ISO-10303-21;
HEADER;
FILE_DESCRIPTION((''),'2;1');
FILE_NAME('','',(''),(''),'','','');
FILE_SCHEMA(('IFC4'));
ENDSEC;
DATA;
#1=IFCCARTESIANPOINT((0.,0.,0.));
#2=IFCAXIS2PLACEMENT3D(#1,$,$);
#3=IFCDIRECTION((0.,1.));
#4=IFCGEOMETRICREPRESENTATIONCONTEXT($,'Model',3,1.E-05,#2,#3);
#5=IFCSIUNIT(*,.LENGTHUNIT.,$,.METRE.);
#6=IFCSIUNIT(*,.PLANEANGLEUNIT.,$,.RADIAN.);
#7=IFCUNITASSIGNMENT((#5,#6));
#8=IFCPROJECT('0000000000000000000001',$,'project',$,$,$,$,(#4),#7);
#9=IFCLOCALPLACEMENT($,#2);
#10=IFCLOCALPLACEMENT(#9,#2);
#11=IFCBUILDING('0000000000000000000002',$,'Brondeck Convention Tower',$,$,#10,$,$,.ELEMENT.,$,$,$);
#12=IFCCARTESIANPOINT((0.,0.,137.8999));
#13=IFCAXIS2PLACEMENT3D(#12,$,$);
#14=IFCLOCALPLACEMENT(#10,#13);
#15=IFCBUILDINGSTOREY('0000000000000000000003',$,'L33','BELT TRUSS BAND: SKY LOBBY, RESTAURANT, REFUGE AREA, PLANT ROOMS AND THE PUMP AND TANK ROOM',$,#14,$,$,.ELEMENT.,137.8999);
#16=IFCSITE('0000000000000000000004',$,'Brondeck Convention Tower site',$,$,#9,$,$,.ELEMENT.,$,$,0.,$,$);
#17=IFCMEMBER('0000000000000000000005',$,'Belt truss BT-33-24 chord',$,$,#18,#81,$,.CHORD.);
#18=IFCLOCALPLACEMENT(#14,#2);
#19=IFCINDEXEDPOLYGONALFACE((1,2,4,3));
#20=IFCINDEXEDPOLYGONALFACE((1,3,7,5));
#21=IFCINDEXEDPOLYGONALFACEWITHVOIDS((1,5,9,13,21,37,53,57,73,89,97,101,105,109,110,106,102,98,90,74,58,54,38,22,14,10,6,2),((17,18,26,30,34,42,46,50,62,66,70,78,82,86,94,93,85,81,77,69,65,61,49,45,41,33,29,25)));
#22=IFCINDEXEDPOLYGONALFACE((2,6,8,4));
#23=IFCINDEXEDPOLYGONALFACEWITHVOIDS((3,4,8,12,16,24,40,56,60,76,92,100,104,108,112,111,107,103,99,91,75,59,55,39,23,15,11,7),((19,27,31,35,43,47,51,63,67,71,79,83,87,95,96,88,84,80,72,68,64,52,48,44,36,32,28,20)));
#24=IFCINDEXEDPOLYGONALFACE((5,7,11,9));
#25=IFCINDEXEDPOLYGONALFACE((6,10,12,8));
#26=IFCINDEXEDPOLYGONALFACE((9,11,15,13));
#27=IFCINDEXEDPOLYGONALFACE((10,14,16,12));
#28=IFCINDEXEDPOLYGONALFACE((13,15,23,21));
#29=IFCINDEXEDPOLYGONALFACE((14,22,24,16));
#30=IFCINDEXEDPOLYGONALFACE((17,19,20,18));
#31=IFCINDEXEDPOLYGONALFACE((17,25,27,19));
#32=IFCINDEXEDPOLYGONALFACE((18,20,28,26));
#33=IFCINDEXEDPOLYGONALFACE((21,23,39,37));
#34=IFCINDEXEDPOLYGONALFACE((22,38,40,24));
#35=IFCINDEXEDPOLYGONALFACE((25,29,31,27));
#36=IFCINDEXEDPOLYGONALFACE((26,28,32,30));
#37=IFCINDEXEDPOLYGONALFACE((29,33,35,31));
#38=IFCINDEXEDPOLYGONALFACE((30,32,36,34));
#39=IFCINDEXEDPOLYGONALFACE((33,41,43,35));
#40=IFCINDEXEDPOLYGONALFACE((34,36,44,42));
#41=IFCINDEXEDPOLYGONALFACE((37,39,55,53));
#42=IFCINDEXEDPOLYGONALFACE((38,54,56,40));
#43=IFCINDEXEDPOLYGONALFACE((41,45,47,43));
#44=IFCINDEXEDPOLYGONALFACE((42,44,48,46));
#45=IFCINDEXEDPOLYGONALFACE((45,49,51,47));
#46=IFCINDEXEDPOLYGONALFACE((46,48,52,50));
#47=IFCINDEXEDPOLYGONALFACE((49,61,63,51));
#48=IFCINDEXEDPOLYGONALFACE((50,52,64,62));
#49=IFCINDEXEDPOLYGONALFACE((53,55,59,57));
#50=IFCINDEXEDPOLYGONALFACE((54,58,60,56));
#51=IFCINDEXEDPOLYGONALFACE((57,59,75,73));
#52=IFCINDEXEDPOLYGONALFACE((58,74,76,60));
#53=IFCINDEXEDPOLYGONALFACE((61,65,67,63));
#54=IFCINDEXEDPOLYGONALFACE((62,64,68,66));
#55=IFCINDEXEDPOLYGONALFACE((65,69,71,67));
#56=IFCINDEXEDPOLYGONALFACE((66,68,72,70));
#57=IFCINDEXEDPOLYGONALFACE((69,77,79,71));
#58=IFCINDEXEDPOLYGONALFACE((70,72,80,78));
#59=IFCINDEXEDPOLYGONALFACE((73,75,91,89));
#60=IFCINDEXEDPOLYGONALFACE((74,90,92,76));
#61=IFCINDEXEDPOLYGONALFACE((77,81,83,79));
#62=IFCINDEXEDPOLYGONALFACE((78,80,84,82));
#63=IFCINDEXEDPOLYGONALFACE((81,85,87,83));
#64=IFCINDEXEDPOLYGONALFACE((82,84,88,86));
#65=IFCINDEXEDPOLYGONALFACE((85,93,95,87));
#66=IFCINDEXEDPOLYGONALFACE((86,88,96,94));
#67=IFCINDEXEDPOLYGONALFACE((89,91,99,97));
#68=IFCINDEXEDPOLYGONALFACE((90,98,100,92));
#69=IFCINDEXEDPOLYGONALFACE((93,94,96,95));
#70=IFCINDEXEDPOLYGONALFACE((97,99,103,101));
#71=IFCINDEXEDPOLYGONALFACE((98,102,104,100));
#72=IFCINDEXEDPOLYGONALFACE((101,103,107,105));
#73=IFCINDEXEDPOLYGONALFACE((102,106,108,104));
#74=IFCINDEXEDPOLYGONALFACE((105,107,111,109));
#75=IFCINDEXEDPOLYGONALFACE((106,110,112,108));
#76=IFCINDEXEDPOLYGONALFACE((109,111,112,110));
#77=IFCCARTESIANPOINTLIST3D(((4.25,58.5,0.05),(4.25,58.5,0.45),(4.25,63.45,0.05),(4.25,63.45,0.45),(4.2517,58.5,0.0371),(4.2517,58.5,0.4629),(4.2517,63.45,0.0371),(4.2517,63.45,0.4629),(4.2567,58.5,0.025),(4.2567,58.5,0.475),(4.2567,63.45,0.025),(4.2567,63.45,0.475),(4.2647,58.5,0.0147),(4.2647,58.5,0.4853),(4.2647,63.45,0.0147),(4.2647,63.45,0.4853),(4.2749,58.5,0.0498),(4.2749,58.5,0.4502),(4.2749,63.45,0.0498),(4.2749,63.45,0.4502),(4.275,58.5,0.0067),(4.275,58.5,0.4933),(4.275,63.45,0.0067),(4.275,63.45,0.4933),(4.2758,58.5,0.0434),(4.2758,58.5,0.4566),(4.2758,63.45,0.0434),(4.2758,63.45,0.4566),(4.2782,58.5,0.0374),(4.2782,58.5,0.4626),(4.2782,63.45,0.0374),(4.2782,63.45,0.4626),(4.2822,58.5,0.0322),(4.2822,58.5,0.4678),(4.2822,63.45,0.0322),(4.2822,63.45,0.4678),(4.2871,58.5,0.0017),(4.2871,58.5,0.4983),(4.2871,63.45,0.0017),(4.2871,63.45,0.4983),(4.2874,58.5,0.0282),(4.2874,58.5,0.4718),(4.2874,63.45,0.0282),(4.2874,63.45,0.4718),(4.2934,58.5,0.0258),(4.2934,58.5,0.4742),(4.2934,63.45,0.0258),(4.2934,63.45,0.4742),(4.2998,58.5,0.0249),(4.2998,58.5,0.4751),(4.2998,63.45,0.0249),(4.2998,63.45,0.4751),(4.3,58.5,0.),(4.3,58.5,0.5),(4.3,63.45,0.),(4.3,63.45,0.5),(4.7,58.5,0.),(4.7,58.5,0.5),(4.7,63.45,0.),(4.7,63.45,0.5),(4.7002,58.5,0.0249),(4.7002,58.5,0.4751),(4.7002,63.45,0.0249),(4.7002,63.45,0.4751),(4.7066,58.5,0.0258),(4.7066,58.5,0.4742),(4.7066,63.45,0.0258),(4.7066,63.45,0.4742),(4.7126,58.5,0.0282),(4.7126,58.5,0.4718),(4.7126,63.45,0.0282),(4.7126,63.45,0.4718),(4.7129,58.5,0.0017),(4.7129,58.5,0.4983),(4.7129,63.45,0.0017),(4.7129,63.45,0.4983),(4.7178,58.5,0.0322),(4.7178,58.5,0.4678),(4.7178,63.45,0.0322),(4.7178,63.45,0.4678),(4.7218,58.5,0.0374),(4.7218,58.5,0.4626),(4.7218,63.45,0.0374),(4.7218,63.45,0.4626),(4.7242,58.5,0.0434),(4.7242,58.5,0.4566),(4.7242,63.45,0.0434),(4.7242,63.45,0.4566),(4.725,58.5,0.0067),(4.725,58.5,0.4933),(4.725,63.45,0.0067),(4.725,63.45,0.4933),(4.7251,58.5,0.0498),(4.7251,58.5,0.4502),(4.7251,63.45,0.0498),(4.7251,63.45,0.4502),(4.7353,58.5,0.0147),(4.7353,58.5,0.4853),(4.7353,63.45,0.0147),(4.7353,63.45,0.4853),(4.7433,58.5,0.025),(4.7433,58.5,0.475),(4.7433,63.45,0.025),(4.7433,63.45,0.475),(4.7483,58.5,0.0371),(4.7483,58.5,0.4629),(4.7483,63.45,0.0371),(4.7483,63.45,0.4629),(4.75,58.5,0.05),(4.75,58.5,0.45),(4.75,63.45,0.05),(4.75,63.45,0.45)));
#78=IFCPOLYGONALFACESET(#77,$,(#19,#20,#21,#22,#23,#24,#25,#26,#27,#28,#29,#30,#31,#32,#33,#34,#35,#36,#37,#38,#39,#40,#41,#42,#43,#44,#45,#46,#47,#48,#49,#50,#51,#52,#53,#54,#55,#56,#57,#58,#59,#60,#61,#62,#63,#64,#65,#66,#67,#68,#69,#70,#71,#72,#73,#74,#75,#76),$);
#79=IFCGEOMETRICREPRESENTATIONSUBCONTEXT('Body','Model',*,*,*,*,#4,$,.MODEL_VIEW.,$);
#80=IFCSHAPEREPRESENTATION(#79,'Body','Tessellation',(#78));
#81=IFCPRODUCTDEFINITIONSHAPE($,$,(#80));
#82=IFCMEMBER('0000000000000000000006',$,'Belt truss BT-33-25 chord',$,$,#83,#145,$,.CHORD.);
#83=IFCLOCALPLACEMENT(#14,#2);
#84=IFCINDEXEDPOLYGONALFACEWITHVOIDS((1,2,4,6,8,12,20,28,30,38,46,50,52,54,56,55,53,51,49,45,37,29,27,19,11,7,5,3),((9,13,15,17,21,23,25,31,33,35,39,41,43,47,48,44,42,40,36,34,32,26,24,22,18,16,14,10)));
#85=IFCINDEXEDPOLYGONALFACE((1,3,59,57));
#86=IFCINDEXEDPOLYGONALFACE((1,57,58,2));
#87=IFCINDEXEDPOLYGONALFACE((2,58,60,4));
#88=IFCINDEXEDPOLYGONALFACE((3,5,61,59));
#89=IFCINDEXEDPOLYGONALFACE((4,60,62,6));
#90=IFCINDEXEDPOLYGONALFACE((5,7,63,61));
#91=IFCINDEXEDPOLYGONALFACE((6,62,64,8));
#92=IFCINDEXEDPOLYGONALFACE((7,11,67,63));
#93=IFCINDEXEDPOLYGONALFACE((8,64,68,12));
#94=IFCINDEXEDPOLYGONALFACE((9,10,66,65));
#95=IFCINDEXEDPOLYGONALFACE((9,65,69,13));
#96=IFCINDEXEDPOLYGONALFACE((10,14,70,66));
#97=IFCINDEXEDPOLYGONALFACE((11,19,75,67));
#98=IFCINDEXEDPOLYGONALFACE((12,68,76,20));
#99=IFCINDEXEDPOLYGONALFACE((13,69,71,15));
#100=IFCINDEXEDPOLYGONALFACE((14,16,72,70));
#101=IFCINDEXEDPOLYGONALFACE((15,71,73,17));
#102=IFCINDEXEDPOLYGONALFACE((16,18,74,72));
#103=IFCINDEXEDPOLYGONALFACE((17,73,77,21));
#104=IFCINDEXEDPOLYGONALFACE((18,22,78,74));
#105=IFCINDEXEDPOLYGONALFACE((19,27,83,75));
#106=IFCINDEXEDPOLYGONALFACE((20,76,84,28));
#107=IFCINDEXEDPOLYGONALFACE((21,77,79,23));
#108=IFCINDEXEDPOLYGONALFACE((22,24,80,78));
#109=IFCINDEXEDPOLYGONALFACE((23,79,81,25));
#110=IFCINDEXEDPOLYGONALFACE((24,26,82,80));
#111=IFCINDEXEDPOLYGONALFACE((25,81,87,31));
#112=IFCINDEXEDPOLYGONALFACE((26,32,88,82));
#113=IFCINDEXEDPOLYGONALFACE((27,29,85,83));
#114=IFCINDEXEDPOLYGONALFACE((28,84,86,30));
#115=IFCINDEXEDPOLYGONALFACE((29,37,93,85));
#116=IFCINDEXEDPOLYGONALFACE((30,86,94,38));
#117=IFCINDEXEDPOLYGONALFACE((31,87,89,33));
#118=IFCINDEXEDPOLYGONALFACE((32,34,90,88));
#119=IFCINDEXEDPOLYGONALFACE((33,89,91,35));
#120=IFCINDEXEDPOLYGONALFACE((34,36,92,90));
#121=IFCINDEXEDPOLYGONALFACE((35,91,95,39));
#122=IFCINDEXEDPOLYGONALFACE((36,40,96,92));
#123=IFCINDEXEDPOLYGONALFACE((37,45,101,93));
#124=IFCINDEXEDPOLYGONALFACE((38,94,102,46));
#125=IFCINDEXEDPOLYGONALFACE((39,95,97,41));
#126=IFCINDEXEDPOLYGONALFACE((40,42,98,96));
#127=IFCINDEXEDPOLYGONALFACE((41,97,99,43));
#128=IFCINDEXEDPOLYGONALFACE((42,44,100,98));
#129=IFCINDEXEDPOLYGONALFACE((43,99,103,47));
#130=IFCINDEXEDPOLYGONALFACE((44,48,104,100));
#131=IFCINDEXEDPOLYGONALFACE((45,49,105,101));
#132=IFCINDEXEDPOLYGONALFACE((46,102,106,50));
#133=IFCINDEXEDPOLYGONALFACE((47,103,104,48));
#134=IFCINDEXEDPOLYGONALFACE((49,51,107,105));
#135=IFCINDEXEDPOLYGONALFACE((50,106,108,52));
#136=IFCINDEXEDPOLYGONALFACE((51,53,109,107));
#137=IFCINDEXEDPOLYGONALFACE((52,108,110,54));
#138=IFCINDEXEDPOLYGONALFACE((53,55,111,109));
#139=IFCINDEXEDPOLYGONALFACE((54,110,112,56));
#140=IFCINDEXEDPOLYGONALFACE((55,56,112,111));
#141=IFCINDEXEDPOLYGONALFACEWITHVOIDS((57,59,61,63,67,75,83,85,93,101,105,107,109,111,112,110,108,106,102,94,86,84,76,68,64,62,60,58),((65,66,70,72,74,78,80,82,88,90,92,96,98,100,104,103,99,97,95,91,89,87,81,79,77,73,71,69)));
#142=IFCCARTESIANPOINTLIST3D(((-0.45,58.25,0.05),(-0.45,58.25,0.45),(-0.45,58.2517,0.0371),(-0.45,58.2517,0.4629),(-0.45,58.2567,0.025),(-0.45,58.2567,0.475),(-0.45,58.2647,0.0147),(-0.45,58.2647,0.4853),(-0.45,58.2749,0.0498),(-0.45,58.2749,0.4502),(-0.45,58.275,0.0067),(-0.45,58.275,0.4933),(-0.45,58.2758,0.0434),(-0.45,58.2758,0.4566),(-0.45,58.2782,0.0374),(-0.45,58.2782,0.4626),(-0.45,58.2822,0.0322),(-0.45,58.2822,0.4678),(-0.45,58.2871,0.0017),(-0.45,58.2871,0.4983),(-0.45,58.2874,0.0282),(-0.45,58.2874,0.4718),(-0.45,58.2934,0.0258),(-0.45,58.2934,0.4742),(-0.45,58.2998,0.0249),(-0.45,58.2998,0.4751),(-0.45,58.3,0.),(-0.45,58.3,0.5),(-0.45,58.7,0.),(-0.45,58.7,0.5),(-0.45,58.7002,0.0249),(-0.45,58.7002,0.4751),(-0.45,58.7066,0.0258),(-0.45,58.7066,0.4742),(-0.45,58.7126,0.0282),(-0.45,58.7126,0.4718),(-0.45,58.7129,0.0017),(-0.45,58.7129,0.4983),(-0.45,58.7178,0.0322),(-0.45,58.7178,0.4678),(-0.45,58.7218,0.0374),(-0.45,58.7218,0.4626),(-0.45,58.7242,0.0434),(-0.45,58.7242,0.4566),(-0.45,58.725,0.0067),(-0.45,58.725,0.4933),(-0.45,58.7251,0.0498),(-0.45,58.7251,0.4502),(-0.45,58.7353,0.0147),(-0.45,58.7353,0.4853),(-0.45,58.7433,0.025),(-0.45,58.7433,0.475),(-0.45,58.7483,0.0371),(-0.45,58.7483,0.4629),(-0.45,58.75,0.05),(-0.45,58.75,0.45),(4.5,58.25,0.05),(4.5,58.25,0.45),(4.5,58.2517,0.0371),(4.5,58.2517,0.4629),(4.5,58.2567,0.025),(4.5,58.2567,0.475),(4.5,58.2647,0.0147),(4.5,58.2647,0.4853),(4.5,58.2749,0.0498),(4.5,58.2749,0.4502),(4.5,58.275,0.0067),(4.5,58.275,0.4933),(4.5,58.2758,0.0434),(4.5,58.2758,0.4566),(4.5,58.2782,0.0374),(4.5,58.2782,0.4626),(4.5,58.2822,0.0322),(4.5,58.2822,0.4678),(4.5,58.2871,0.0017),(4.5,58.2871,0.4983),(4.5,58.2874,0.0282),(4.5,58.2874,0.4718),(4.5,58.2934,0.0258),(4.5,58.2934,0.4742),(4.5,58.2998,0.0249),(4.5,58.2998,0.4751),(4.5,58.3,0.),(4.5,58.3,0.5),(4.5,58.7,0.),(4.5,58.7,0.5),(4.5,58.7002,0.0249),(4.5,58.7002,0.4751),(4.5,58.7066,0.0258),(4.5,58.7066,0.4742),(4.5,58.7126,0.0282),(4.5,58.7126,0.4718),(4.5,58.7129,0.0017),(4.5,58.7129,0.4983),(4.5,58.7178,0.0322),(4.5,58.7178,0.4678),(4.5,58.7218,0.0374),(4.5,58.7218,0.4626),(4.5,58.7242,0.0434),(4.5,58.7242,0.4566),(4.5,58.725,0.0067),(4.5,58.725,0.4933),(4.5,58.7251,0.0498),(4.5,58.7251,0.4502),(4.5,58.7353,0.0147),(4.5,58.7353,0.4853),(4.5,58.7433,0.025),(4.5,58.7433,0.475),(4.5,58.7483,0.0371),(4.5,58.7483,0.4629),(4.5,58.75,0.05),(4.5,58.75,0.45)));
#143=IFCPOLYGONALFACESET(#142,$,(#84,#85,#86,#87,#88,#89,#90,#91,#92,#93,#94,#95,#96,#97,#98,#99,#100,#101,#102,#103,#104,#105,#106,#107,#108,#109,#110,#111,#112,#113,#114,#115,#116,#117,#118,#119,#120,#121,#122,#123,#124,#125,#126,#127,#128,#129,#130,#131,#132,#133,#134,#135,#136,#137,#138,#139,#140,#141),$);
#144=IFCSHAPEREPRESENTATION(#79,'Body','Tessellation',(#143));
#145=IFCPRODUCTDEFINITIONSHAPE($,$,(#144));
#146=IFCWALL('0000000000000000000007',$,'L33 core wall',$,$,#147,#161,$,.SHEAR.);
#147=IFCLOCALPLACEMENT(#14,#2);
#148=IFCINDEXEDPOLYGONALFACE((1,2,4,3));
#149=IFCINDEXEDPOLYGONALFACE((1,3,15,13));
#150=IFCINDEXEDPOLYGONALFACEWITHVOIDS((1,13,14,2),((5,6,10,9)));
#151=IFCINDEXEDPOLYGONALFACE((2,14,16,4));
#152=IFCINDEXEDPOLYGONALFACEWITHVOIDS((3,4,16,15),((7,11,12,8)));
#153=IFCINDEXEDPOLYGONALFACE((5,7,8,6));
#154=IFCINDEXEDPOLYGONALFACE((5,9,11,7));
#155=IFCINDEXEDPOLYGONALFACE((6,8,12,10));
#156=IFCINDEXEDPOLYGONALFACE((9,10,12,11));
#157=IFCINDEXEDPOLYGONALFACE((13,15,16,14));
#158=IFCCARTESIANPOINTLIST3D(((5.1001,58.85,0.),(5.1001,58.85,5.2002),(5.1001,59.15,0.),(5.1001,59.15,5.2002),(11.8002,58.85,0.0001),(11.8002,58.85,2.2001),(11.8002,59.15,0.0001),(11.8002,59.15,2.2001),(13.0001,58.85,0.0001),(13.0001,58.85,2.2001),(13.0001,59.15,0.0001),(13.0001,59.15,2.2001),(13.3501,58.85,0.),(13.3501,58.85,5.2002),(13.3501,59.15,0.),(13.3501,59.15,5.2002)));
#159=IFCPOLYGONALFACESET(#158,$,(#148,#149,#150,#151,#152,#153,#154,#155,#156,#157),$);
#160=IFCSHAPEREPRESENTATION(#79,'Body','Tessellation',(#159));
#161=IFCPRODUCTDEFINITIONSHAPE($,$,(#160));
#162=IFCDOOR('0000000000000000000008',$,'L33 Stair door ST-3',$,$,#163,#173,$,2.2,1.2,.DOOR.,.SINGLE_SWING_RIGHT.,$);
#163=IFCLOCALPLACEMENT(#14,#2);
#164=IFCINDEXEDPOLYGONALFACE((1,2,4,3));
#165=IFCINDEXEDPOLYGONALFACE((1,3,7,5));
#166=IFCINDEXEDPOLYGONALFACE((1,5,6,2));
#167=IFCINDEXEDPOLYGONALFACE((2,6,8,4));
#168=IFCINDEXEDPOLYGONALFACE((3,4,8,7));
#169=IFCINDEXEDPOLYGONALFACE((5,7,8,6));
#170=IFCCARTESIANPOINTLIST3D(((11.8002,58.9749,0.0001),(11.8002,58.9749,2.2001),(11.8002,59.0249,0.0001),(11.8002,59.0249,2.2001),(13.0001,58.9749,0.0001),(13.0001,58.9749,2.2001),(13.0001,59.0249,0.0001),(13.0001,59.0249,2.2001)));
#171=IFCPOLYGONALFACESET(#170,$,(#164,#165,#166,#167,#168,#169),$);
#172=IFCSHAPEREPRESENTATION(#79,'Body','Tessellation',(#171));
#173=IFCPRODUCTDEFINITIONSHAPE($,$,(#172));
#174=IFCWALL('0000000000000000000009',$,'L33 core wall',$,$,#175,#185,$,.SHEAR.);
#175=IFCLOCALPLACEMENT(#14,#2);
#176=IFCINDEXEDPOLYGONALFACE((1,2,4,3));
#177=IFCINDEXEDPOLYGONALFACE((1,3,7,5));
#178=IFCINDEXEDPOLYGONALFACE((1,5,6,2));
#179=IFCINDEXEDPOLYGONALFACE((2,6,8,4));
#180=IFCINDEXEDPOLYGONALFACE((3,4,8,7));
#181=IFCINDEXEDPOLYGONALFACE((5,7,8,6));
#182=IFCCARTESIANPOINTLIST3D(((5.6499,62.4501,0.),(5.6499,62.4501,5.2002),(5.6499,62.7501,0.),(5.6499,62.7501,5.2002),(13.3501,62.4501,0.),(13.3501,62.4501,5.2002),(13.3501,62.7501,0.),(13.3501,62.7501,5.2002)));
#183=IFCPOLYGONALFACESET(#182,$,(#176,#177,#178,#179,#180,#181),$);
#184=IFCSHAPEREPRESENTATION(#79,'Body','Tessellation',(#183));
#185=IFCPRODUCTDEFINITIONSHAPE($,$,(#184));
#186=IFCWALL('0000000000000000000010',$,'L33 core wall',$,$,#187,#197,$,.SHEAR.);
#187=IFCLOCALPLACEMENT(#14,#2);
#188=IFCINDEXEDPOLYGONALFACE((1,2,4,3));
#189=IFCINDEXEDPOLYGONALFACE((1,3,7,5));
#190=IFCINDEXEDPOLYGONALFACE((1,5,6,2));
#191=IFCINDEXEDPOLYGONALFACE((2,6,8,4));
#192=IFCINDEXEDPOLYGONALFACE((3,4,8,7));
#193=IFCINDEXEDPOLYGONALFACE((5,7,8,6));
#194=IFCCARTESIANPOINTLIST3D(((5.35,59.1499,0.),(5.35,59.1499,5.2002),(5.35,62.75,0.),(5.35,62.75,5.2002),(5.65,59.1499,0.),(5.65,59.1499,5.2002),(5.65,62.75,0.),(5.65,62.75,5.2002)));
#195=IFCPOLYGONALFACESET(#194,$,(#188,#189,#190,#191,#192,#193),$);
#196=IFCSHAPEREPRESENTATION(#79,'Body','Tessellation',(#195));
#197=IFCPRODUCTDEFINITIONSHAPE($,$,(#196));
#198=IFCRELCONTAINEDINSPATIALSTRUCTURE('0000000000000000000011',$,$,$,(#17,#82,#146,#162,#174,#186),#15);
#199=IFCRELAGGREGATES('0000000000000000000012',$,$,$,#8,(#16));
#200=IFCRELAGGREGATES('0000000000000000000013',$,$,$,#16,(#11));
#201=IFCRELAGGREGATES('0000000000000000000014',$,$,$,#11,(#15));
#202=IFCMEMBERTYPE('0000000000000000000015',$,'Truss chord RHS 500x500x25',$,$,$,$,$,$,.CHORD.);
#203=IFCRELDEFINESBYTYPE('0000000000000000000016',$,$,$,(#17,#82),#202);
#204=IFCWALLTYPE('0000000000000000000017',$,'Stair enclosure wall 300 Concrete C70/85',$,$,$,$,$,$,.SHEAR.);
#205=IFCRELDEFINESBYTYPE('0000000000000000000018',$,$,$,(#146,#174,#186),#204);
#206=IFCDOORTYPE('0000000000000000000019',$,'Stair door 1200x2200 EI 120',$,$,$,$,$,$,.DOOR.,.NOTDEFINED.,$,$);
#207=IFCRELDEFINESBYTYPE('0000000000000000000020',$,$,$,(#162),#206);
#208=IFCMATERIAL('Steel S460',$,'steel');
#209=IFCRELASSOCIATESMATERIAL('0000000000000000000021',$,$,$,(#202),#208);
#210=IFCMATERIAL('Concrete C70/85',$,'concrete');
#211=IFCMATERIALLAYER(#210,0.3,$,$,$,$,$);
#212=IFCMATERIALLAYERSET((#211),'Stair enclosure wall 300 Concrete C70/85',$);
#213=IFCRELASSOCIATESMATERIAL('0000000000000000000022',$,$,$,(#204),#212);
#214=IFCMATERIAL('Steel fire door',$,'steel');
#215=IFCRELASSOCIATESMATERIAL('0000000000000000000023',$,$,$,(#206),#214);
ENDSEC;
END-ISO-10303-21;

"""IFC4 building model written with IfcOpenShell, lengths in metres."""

from ifc_helpers import new_model, si_unit, direction, frame, frame_2d, origin, origin_2d, place, context, subcontext, project, spatial, rectangle, hollow_rectangle, extrude, material, layer, layer_set, material_profile, profile_set, type_object, element, fill, save


model = new_model("IFC4")

# Units and contexts
model_context = context("Model", 3, precision=1e-05, world=origin(), true_north=direction((0.0, 1.0)))
body_context = subcontext(model_context, "Body", "Model", "MODEL_VIEW")
ifc_project = project(units=[si_unit("LENGTHUNIT", "METRE"), si_unit("PLANEANGLEUNIT", "RADIAN")], contexts=[model_context])

# Site, building, storey
site_placement = place(None, origin())
site = spatial("IfcSite", under=ifc_project, at=site_placement, Name="Brondeck Convention Tower site", CompositionType="ELEMENT", RefElevation=0.0)
building_placement = place(site_placement, origin())
building = spatial("IfcBuilding", under=site, at=building_placement, Name="Brondeck Convention Tower", CompositionType="ELEMENT")
storey_placement = place(building_placement, frame((0.0, 0.0, 137.8999)))
storey = spatial("IfcBuildingStorey", under=building, at=storey_placement, Name="L33", Description="BELT TRUSS BAND: SKY LOBBY, RESTAURANT, REFUGE AREA, PLANT ROOMS AND THE PUMP AND TANK ROOM", CompositionType="ELEMENT", Elevation=137.8999)

# Shared definitions
ifc_material_1 = material(Name="Concrete C70/85", Category="concrete")

# Shared definitions
ifc_material_2 = material(Name="Steel S460", Category="steel")

# Members
ifc_material_profile_1 = material_profile(ifc_material_2, hollow_rectangle(XDim=0.5, YDim=0.5, WallThickness=0.0249, InnerFilletRadius=0.0249, OuterFilletRadius=0.05, at=origin_2d()), Name="RHS 500x500x25")
ifc_profile_set_1 = profile_set([ifc_material_profile_1], Name="Steel S460")
member_type_1 = type_object("IfcMemberType", Name="Truss chord RHS 500x500x25", PredefinedType="CHORD", material=ifc_profile_set_1)
for number, where, z_axis, x_axis, name in (
    (1, (4.5, 63.45, 0.25), (0.0, -1.0, 0.0), (1.0, 0.0, 0.0), "Belt truss BT-33-24 chord"),
    (2, (4.5, 58.5, 0.25), (-1.0, 0.0, 0.0), (0.0, -1.0, 0.0), "Belt truss BT-33-25 chord"),
):
    element("IfcMember", number, at=place(storey_placement, frame(where, z_axis=z_axis, x_axis=x_axis)), inside=storey, type_object=member_type_1, Name=name, PredefinedType="CHORD", context=body_context, shape_type="SweptSolid", body=[
        extrude(hollow_rectangle(XDim=0.5, YDim=0.5, WallThickness=0.0249, InnerFilletRadius=0.0249, OuterFilletRadius=0.05, at=origin_2d()), origin(), (0.0, 0.0, 1.0), 4.95),
    ])

# Wall, opening, door
ifc_layer_1 = layer(ifc_material_1, 0.3)
ifc_layer_set_1 = layer_set([ifc_layer_1], Name="Stair enclosure wall 300 Concrete C70/85")
wall_type = type_object("IfcWallType", Name="Stair enclosure wall 300 Concrete C70/85", PredefinedType="SHEAR", material=ifc_layer_set_1)
wall_1_placement = place(storey_placement, frame((5.1001, 59.0, 0.0), z_axis=(0.0, 0.0, 1.0), x_axis=(1.0, 0.0, 0.0)))
wall_1 = element("IfcWall", 3, at=wall_1_placement, inside=storey, type_object=wall_type, Name="L33 core wall", PredefinedType="SHEAR", context=body_context, shape_type="SweptSolid", body=[
    extrude(rectangle(XDim=8.25, YDim=0.3, at=frame_2d((4.125, 0.0))), origin(), (0.0, 0.0, 1.0), 5.2002),
])
opening_placement = place(wall_1_placement, frame((6.7, 0.0, 0.0)))
opening = element("IfcOpeningElement", 4, at=opening_placement, cuts=wall_1, PredefinedType="OPENING", context=body_context, shape_type="SweptSolid", body=[
    extrude(rectangle(XDim=1.2, YDim=2.2, at=frame_2d((0.6001, 1.1001))), frame((0.0, 0.1599, 0.0), z_axis=(0.0, -1.0, 0.0), x_axis=(1.0, 0.0, 0.0)), (0.0, 0.0, 1.0), 0.3201),
])
ifc_material_3 = material(Name="Steel fire door", Category="steel")
door_type = type_object("IfcDoorType", Name="Stair door 1200x2200 EI 120", OperationType="NOTDEFINED", PredefinedType="DOOR", material=ifc_material_3)
door_placement = place(opening_placement, origin())
door = element("IfcDoor", 5, at=door_placement, inside=storey, type_object=door_type, Name="L33 Stair door ST-3", OperationType="SINGLE_SWING_RIGHT", OverallHeight=2.2, OverallWidth=1.2, PredefinedType="DOOR", context=body_context, shape_type="SweptSolid", body=[
    extrude(rectangle(XDim=1.2, YDim=2.2, at=frame_2d((0.6001, 1.1001))), frame((0.0, 0.0249, 0.0), z_axis=(0.0, -1.0, 0.0), x_axis=(1.0, 0.0, 0.0)), (0.0, 0.0, 1.0), 0.05),
])
fill(opening, door)

# Walls
wall_2_placement = place(storey_placement, frame((5.6499, 62.6001, 0.0), z_axis=(0.0, 0.0, 1.0), x_axis=(1.0, 0.0, 0.0)))
element("IfcWall", 6, at=wall_2_placement, inside=storey, type_object=wall_type, Name="L33 core wall", PredefinedType="SHEAR", context=body_context, shape_type="SweptSolid", body=[
    extrude(rectangle(XDim=7.7002, YDim=0.3, at=frame_2d((3.8501, 0.0))), origin(), (0.0, 0.0, 1.0), 5.2002),
])
wall_3_placement = place(storey_placement, frame((5.5, 59.1499, 0.0), z_axis=(0.0, 0.0, 1.0), x_axis=(0.0, 1.0, 0.0)))
element("IfcWall", 7, at=wall_3_placement, inside=storey, type_object=wall_type, Name="L33 core wall", PredefinedType="SHEAR", context=body_context, shape_type="SweptSolid", body=[
    extrude(rectangle(XDim=3.6001, YDim=0.3, at=frame_2d((1.8, 0.0))), origin(), (0.0, 0.0, 1.0), 5.2002),
])

save(model, "model.ifc")
